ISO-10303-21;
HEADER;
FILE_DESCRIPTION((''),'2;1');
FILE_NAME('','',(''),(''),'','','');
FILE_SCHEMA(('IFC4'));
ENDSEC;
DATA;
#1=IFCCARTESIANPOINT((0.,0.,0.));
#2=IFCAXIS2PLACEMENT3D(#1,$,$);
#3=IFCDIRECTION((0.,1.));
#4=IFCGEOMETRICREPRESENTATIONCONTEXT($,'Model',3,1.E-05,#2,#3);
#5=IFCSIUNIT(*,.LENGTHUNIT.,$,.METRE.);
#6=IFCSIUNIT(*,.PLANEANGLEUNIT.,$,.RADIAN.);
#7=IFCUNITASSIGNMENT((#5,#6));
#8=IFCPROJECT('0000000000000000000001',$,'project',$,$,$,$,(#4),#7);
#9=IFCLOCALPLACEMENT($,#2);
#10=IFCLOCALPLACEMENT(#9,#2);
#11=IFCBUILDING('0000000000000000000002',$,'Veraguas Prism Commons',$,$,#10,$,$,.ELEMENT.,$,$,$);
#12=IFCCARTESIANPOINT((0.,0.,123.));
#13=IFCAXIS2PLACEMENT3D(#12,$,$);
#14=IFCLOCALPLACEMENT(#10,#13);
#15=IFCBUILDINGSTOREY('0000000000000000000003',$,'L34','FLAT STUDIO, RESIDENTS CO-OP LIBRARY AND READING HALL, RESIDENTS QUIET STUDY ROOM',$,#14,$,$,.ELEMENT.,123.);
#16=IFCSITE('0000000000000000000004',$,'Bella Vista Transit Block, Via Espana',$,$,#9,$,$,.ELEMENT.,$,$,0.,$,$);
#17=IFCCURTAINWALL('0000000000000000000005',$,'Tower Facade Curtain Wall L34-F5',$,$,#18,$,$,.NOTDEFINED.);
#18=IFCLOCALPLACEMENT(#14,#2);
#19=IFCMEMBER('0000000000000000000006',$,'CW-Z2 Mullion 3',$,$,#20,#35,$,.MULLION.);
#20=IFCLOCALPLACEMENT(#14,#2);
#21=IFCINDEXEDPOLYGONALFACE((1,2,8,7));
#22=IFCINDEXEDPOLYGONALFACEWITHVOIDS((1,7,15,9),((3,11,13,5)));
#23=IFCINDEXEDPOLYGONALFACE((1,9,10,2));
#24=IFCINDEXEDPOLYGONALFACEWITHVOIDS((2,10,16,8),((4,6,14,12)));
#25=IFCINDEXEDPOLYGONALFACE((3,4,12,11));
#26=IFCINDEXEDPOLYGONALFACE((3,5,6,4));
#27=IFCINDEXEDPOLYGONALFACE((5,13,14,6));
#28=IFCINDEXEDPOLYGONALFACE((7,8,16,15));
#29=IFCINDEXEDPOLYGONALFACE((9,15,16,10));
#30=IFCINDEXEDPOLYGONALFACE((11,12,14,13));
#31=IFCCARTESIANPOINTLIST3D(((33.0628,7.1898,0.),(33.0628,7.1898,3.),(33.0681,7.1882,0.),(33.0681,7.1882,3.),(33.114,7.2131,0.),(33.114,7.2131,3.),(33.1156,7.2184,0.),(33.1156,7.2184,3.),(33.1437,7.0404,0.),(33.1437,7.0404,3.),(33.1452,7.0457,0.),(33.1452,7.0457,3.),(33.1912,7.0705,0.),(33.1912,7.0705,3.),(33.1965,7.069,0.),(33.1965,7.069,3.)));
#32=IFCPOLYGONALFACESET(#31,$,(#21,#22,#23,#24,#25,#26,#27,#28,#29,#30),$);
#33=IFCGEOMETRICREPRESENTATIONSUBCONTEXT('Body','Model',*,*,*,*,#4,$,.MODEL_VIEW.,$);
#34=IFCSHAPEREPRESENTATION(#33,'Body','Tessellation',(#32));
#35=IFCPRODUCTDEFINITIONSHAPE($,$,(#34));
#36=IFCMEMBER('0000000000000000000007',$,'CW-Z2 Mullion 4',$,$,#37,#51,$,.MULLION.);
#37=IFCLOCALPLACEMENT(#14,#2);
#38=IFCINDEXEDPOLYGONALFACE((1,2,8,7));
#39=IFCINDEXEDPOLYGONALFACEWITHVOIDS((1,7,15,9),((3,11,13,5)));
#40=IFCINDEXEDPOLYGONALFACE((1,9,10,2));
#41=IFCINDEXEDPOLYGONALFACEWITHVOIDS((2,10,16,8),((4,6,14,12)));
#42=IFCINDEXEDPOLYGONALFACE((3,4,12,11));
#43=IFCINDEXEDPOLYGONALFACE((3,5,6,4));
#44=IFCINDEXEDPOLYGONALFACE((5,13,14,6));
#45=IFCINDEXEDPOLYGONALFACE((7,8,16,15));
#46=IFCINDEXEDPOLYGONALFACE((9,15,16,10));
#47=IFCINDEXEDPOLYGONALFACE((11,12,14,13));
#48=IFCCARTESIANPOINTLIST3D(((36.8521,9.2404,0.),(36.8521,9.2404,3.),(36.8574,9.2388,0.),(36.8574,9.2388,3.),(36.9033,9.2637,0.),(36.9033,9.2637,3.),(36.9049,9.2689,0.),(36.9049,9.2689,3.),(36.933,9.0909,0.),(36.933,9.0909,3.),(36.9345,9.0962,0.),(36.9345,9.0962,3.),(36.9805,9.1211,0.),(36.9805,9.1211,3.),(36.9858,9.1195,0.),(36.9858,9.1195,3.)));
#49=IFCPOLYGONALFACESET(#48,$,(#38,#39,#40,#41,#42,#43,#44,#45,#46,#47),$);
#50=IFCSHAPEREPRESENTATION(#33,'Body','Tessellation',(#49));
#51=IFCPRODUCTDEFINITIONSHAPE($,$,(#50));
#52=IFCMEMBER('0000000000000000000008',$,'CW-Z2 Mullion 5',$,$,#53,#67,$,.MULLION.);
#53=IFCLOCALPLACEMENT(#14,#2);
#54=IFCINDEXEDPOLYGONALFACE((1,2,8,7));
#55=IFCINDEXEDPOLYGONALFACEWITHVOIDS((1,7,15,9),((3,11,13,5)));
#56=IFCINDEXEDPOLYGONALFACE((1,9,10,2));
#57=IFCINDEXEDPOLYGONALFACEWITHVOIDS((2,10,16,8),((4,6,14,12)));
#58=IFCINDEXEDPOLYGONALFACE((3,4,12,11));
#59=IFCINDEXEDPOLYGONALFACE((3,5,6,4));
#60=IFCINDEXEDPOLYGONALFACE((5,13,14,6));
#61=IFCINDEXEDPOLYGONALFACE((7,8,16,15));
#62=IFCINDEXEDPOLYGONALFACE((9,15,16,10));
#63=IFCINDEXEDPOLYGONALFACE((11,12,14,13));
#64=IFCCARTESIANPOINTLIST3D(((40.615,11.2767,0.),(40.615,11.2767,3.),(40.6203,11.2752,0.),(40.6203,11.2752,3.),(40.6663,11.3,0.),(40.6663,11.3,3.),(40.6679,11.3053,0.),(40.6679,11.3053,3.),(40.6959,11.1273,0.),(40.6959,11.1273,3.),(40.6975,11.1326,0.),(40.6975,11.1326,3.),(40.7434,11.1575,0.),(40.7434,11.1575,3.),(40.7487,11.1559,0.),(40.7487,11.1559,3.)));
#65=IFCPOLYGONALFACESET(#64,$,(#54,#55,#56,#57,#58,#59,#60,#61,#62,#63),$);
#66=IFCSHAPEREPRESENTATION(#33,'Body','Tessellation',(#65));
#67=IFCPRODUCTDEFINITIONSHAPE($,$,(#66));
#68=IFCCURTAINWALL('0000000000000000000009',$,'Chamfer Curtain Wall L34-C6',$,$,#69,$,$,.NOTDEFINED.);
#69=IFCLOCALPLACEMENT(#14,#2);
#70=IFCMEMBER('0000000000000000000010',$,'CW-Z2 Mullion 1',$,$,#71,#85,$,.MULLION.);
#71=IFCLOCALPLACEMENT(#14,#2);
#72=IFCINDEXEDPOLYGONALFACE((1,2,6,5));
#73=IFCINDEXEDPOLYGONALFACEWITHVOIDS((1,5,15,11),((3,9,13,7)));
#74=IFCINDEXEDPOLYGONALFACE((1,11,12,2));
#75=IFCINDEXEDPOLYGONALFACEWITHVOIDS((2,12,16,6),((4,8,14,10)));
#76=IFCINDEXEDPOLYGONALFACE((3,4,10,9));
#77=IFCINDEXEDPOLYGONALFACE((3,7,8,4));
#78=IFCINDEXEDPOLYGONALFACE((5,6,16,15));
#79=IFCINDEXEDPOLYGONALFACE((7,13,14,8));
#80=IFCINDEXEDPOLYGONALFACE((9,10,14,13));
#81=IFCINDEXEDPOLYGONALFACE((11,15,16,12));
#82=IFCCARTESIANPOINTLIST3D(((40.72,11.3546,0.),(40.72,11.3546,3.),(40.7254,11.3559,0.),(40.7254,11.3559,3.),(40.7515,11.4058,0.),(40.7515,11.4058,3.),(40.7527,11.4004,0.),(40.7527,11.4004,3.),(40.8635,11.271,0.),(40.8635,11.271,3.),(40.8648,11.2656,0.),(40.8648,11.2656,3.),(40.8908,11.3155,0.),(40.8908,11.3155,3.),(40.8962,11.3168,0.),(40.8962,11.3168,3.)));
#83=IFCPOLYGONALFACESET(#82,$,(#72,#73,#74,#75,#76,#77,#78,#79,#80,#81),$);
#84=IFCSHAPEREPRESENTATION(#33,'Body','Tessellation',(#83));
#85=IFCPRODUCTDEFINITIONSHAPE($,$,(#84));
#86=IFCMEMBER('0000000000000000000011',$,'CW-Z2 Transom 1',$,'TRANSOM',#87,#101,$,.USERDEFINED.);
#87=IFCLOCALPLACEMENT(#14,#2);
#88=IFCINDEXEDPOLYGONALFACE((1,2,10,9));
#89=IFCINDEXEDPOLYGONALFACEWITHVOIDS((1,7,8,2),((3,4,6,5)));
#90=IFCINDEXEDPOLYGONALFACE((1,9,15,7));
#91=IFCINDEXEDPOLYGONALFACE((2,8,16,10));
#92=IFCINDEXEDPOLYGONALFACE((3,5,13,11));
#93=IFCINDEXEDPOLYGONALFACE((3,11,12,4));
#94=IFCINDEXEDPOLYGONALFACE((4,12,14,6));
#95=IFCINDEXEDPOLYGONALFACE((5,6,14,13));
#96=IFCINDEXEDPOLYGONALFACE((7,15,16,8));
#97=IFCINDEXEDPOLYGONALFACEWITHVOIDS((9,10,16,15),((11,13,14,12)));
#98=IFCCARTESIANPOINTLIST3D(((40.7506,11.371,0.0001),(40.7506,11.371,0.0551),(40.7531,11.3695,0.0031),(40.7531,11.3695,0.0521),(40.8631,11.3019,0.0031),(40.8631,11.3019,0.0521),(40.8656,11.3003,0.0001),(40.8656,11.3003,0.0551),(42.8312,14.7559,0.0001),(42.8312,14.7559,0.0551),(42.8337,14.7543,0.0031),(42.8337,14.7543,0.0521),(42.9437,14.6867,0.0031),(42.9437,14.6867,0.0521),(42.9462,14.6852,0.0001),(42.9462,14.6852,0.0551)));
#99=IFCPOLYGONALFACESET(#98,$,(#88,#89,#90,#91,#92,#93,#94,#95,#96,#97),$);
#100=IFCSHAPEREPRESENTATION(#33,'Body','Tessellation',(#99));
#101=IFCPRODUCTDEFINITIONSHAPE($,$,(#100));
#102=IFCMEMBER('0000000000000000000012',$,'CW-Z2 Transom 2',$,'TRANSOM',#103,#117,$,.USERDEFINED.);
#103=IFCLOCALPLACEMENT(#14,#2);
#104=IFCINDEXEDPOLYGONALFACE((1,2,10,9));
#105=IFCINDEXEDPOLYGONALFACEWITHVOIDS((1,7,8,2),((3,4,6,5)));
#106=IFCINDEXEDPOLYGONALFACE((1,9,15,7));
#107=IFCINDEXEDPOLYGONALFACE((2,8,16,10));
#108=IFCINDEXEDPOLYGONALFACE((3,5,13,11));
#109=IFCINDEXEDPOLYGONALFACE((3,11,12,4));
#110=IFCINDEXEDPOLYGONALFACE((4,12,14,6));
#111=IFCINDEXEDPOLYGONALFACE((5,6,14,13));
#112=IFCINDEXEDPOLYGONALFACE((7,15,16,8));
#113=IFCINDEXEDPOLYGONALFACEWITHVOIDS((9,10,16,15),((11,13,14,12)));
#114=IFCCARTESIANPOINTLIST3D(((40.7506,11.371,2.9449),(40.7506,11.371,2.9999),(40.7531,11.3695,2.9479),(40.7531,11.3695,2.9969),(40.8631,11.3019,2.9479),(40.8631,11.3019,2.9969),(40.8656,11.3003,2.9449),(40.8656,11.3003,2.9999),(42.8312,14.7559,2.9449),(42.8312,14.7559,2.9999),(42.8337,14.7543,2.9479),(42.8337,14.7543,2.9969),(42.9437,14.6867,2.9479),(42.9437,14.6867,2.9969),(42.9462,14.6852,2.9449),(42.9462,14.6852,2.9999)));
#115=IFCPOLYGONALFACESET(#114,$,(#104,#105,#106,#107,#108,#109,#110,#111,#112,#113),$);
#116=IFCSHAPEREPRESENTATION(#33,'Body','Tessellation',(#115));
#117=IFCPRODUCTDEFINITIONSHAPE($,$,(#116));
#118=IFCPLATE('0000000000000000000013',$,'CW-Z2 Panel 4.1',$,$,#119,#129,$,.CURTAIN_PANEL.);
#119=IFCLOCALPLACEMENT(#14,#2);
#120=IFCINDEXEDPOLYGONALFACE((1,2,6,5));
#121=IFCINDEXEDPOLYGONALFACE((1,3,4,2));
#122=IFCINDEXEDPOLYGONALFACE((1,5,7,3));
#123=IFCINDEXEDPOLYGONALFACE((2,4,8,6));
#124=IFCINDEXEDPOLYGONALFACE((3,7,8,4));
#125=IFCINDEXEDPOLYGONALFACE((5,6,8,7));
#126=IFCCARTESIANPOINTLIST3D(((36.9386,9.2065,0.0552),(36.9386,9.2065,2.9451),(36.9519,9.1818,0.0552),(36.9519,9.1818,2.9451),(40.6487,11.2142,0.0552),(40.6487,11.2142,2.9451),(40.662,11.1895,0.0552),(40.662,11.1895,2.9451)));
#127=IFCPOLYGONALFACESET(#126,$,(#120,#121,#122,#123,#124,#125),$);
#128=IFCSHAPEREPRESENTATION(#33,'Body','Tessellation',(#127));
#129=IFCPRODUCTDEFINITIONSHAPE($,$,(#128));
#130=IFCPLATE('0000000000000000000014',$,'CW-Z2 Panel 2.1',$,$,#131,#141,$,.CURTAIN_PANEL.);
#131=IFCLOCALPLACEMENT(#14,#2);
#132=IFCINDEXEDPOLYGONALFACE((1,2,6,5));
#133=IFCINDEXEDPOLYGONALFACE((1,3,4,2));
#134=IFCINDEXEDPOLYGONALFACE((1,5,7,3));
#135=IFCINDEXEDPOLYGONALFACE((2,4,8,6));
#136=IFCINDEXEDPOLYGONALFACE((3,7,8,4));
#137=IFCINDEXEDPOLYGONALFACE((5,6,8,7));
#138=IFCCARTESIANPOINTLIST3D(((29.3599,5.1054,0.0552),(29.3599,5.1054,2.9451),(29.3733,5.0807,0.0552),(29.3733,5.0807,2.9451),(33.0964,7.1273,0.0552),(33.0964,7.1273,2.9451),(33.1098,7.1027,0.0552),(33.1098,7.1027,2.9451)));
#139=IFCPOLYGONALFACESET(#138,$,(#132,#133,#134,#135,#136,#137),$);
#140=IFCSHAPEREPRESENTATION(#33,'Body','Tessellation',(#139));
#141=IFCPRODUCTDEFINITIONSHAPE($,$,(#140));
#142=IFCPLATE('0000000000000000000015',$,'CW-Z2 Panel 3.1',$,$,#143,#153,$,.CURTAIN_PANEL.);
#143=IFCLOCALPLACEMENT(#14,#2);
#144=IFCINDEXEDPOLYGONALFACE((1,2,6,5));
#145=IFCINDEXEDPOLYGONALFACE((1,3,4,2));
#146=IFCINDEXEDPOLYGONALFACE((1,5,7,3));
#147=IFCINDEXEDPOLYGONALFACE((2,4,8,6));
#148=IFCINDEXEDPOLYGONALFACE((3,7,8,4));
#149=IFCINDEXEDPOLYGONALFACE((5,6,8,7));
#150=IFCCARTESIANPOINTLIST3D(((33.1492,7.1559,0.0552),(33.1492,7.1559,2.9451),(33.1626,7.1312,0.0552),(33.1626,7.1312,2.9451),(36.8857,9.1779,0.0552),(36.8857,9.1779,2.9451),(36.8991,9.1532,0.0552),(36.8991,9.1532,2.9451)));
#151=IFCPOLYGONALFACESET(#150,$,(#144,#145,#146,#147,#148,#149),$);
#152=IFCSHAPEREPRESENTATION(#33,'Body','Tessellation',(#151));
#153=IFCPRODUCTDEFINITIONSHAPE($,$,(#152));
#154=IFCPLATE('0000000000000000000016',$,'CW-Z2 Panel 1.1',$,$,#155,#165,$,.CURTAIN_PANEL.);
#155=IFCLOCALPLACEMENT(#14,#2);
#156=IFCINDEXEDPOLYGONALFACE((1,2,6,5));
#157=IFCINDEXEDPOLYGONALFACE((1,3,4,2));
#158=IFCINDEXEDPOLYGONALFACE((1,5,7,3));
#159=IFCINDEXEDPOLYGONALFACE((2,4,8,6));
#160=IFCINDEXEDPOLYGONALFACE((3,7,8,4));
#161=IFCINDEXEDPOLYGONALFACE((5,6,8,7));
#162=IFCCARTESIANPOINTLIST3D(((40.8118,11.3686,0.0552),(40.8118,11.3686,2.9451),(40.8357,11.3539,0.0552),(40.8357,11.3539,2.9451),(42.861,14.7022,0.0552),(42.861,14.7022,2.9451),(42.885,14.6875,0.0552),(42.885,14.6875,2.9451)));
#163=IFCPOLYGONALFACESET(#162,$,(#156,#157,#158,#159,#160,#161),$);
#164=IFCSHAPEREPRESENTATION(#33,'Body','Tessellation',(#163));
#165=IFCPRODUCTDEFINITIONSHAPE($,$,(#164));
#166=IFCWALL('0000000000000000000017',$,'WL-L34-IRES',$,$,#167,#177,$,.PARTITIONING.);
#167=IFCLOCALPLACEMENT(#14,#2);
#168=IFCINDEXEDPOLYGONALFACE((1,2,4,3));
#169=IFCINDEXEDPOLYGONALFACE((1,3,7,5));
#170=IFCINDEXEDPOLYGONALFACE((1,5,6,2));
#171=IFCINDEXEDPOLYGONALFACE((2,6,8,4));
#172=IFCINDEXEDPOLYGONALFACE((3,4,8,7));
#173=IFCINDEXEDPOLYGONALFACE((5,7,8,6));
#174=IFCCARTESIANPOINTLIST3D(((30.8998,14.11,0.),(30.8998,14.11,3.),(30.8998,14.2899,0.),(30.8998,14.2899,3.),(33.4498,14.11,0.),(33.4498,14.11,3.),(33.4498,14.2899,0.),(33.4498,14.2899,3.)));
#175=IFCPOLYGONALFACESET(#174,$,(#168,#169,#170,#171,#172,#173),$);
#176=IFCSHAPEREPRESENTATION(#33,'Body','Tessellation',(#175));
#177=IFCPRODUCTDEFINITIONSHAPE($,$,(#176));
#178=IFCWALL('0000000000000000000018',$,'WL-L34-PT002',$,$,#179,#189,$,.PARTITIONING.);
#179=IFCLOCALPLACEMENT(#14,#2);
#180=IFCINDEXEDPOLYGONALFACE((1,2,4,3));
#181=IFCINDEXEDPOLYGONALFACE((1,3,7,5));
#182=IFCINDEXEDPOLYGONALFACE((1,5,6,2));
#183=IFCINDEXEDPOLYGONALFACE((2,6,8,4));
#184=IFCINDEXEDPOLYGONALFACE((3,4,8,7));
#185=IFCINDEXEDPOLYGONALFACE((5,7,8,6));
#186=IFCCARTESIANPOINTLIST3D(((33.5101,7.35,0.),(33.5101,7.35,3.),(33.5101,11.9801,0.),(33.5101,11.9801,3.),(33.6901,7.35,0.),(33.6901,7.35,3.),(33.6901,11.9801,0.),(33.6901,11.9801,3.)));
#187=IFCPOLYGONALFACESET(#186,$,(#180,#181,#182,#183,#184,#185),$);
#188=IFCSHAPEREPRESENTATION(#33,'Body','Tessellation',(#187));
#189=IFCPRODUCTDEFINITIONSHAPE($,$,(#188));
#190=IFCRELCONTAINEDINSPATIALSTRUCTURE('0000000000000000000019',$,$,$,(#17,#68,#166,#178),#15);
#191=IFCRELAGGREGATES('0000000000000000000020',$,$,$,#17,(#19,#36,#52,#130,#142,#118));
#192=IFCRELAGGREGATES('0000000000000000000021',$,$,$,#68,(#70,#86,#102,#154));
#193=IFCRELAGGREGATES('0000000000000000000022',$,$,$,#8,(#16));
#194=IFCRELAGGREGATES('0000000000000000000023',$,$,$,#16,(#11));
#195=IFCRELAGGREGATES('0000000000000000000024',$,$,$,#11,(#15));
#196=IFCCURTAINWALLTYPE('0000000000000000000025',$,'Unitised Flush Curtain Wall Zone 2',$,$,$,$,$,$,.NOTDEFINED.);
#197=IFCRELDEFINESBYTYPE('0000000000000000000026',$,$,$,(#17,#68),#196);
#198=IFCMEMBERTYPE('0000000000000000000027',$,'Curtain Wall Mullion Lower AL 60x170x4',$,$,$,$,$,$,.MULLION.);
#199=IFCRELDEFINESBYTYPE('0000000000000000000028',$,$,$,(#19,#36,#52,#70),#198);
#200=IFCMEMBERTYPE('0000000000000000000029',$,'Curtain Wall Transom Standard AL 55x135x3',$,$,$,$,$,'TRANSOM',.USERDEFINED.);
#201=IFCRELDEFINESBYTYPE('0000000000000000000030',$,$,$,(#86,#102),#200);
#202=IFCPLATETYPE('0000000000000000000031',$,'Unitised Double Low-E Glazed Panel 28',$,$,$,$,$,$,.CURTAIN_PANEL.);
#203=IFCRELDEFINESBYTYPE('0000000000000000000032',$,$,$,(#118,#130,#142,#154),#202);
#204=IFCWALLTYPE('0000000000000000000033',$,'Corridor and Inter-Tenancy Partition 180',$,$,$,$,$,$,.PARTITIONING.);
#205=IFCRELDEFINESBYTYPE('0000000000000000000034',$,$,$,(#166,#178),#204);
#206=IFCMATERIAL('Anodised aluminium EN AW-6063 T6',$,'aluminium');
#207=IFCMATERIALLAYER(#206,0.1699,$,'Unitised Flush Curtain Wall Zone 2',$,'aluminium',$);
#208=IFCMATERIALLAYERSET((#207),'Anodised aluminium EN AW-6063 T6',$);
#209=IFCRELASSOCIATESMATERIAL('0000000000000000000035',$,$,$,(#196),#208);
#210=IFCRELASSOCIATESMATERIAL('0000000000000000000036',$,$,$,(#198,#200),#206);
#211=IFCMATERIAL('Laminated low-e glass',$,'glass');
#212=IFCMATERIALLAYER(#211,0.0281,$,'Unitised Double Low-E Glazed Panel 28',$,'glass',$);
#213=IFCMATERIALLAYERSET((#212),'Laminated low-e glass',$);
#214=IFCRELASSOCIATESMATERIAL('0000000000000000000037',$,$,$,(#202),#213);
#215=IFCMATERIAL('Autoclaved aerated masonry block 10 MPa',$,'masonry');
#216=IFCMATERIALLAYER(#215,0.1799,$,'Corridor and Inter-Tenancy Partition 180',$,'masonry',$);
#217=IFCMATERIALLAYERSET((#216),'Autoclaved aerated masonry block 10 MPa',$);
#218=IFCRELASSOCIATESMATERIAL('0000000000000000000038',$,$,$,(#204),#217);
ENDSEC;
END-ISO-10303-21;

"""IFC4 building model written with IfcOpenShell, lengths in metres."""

from ifc_helpers import new_model, si_unit, direction, frame, frame_2d, origin, origin_2d, place, context, subcontext, project, spatial, rectangle, hollow_rectangle, extrude, source, transform, mapped, material, layer, layer_set, material_profile, profile_set, type_object, element, aggregate, save


model = new_model("IFC4")

# Units and contexts
model_context = context("Model", 3, precision=1e-05, world=origin(), true_north=direction((0.0, 1.0)))
body_context = subcontext(model_context, "Body", "Model", "MODEL_VIEW")
ifc_project = project(units=[si_unit("LENGTHUNIT", "METRE"), si_unit("PLANEANGLEUNIT", "RADIAN")], contexts=[model_context])

# Site, building, storey
site_placement = place(None, origin())
site = spatial("IfcSite", under=ifc_project, at=site_placement, Name="Bella Vista Transit Block, Via Espana", CompositionType="ELEMENT", RefElevation=0.0)
building_placement = place(site_placement, origin())
building = spatial("IfcBuilding", under=site, at=building_placement, Name="Veraguas Prism Commons", CompositionType="ELEMENT")
storey_placement = place(building_placement, frame((0.0, 0.0, 123.0)))
storey = spatial("IfcBuildingStorey", under=building, at=storey_placement, Name="L34", Description="FLAT STUDIO, RESIDENTS CO-OP LIBRARY AND READING HALL, RESIDENTS QUIET STUDY ROOM", CompositionType="ELEMENT", Elevation=123.0)

# Curtain walls, members
ifc_material_1 = material(Name="Anodised aluminium EN AW-6063 T6", Category="aluminium")
ifc_layer_1 = layer(ifc_material_1, 0.1699, Name="Unitised Flush Curtain Wall Zone 2", Category="aluminium")
ifc_layer_set_1 = layer_set([ifc_layer_1], Name="Anodised aluminium EN AW-6063 T6")
curtain_wall_type = type_object("IfcCurtainWallType", Name="Unitised Flush Curtain Wall Zone 2", PredefinedType="NOTDEFINED", material=ifc_layer_set_1)
curtain_wall_1_placement = place(storey_placement, origin())
curtain_wall_1 = element("IfcCurtainWall", 1, at=curtain_wall_1_placement, inside=storey, type_object=curtain_wall_type, Name="Tower Facade Curtain Wall L34-F5", PredefinedType="NOTDEFINED")
ifc_material_profile_1 = material_profile(ifc_material_1, hollow_rectangle(XDim=0.0601, YDim=0.1699, WallThickness=0.0039, at=origin_2d()), Name="AL60X170X4")
ifc_profile_set_1 = profile_set([ifc_material_profile_1], Name="Anodised aluminium EN AW-6063 T6")
member_type_1 = type_object("IfcMemberType", Name="Curtain Wall Mullion Lower AL 60x170x4", PredefinedType="MULLION", material=ifc_profile_set_1)
shared_shape_1 = source(origin(), body_context, "Body", "SweptSolid", [
    extrude(hollow_rectangle(XDim=0.0601, YDim=0.1699, WallThickness=0.0039, at=origin_2d()), origin(), (0.0, 0.0, 1.0), 3.0),
])
member_1_placement = place(storey_placement, frame((33.1296, 7.1294, 0.0), z_axis=(0.0, 0.0, 1.0), x_axis=(0.879484, 0.475928, 0.0)))
member_1 = element("IfcMember", 2, at=member_1_placement, type_object=member_type_1, Name="CW-Z2 Mullion 3", PredefinedType="MULLION", context=body_context, shape_type="MappedRepresentation", body=[
    mapped(shared_shape_1, transform((0.0, 0.0, 0.0), scale=1.0)),
])
member_2_placement = place(storey_placement, frame((36.9189, 9.1799, 0.0), z_axis=(0.0, 0.0, 1.0), x_axis=(0.879484, 0.475928, 0.0)))
member_2 = element("IfcMember", 3, at=member_2_placement, type_object=member_type_1, Name="CW-Z2 Mullion 4", PredefinedType="MULLION", context=body_context, shape_type="MappedRepresentation", body=[
    mapped(shared_shape_1, transform((0.0, 0.0, 0.0), scale=1.0)),
])
member_3_placement = place(storey_placement, frame((40.6819, 11.2163, 0.0), z_axis=(0.0, 0.0, 1.0), x_axis=(0.879484, 0.475928, 0.0)))
member_3 = element("IfcMember", 4, at=member_3_placement, type_object=member_type_1, Name="CW-Z2 Mullion 5", PredefinedType="MULLION", context=body_context, shape_type="MappedRepresentation", body=[
    mapped(shared_shape_1, transform((0.0, 0.0, 0.0), scale=1.0)),
])
curtain_wall_2_placement = place(storey_placement, origin())
curtain_wall_2 = element("IfcCurtainWall", 5, at=curtain_wall_2_placement, inside=storey, type_object=curtain_wall_type, Name="Chamfer Curtain Wall L34-C6", PredefinedType="NOTDEFINED")
member_4_placement = place(storey_placement, frame((40.8081, 11.3357, 0.0), z_axis=(0.0, 0.0, 1.0), x_axis=(0.523684, 0.851913, 0.0)))
member_4 = element("IfcMember", 6, at=member_4_placement, type_object=member_type_1, Name="CW-Z2 Mullion 1", PredefinedType="MULLION", context=body_context, shape_type="MappedRepresentation", body=[
    mapped(shared_shape_1, transform((0.0, 0.0, 0.0), scale=1.0)),
])
ifc_material_profile_2 = material_profile(ifc_material_1, hollow_rectangle(XDim=0.0549, YDim=0.135, WallThickness=0.0029, at=origin_2d()), Name="AL55X135X3")
ifc_profile_set_2 = profile_set([ifc_material_profile_2], Name="Anodised aluminium EN AW-6063 T6")
member_type_2 = type_object("IfcMemberType", Name="Curtain Wall Transom Standard AL 55x135x3", ElementType="TRANSOM", PredefinedType="USERDEFINED", material=ifc_profile_set_2)
shared_shape_2 = source(origin(), body_context, "Body", "SweptSolid", [
    extrude(hollow_rectangle(XDim=0.0549, YDim=0.135, WallThickness=0.0029, at=origin_2d()), origin(), (0.0, 0.0, 1.0), 3.9731),
])
member_5_placement = place(storey_placement, frame((40.8081, 11.3357, 0.0276), z_axis=(0.523665, 0.851924, 0.0), x_axis=(0.0, 0.0, 1.0)))
member_5 = element("IfcMember", 7, at=member_5_placement, type_object=member_type_2, Name="CW-Z2 Transom 1", ObjectType="TRANSOM", PredefinedType="USERDEFINED", context=body_context, shape_type="MappedRepresentation", body=[
    mapped(shared_shape_2, transform((0.0, 0.0, 0.0), scale=1.0)),
])
member_6_placement = place(storey_placement, frame((40.8081, 11.3357, 2.9724), z_axis=(0.523665, 0.851924, 0.0), x_axis=(0.0, 0.0, 1.0)))
member_6 = element("IfcMember", 8, at=member_6_placement, type_object=member_type_2, Name="CW-Z2 Transom 2", ObjectType="TRANSOM", PredefinedType="USERDEFINED", context=body_context, shape_type="MappedRepresentation", body=[
    mapped(shared_shape_2, transform((0.0, 0.0, 0.0), scale=1.0)),
])

# Plates
ifc_material_2 = material(Name="Laminated low-e glass", Category="glass")
ifc_layer_2 = layer(ifc_material_2, 0.0281, Name="Unitised Double Low-E Glazed Panel 28", Category="glass")
ifc_layer_set_2 = layer_set([ifc_layer_2], Name="Laminated low-e glass")
plate_type = type_object("IfcPlateType", Name="Unitised Double Low-E Glazed Panel 28", PredefinedType="CURTAIN_PANEL", material=ifc_layer_set_2)
shared_shape_3 = source(origin(), body_context, "Body", "SweptSolid", [
    extrude(rectangle(XDim=4.2185, YDim=0.0281, at=origin_2d()), origin(), (0.0, 0.0, 1.0), 2.8899),
])
plate_1_placement = place(storey_placement, frame((38.8003, 10.198, 0.0552), z_axis=(0.0, 0.0, 1.0), x_axis=(0.879484, 0.475928, 0.0)))
plate_1 = element("IfcPlate", 9, at=plate_1_placement, type_object=plate_type, Name="CW-Z2 Panel 4.1", PredefinedType="CURTAIN_PANEL", context=body_context, shape_type="MappedRepresentation", body=[
    mapped(shared_shape_3, transform((0.0, 0.0, 0.0), scale=1.0)),
])
shared_shape_4 = source(origin(), body_context, "Body", "SweptSolid", [
    extrude(rectangle(XDim=4.2485, YDim=0.0281, at=origin_2d()), origin(), (0.0, 0.0, 1.0), 2.8899),
])
plate_2_placement = place(storey_placement, frame((31.2349, 6.104, 0.0552), z_axis=(0.0, 0.0, 1.0), x_axis=(0.879484, 0.475928, 0.0)))
plate_2 = element("IfcPlate", 10, at=plate_2_placement, type_object=plate_type, Name="CW-Z2 Panel 2.1", PredefinedType="CURTAIN_PANEL", context=body_context, shape_type="MappedRepresentation", body=[
    mapped(shared_shape_4, transform((0.0, 0.0, 0.0), scale=1.0)),
])
plate_3_placement = place(storey_placement, frame((35.0242, 8.1545, 0.0552), z_axis=(0.0, 0.0, 1.0), x_axis=(0.879484, 0.475928, 0.0)))
plate_3 = element("IfcPlate", 11, at=plate_3_placement, type_object=plate_type, Name="CW-Z2 Panel 3.1", PredefinedType="CURTAIN_PANEL", context=body_context, shape_type="MappedRepresentation", body=[
    mapped(shared_shape_4, transform((0.0, 0.0, 0.0), scale=1.0)),
])
aggregate(curtain_wall_1, [member_1, member_2, member_3, plate_2, plate_3, plate_1])
shared_shape_5 = source(origin(), body_context, "Body", "SweptSolid", [
    extrude(rectangle(XDim=3.9131, YDim=0.0281, at=origin_2d()), origin(), (0.0, 0.0, 1.0), 2.8899),
])
plate_4_placement = place(storey_placement, frame((41.8484, 13.0281, 0.0552), z_axis=(0.0, 0.0, 1.0), x_axis=(0.523684, 0.851913, 0.0)))
plate_4 = element("IfcPlate", 12, at=plate_4_placement, type_object=plate_type, Name="CW-Z2 Panel 1.1", PredefinedType="CURTAIN_PANEL", context=body_context, shape_type="MappedRepresentation", body=[
    mapped(shared_shape_5, transform((0.0, 0.0, 0.0), scale=1.0)),
])
aggregate(curtain_wall_2, [member_4, member_5, member_6, plate_4])

# Walls
ifc_material_3 = material(Name="Autoclaved aerated masonry block 10 MPa", Category="masonry")
ifc_layer_3 = layer(ifc_material_3, 0.1799, Name="Corridor and Inter-Tenancy Partition 180", Category="masonry")
ifc_layer_set_3 = layer_set([ifc_layer_3], Name="Autoclaved aerated masonry block 10 MPa")
wall_type_1 = type_object("IfcWallType", Name="Corridor and Inter-Tenancy Partition 180", PredefinedType="PARTITIONING", material=ifc_layer_set_3)
wall_1_placement = place(storey_placement, frame((30.8999, 14.2, 0.0), z_axis=(0.0, 0.0, 1.0), x_axis=(1.0, 0.0, 0.0)))
element("IfcWall", 13, at=wall_1_placement, inside=storey, type_object=wall_type_1, Name="WL-L34-IRES", PredefinedType="PARTITIONING", context=body_context, shape_type="SweptSolid", body=[
    extrude(rectangle(XDim=2.55, YDim=0.1799, at=frame_2d((1.2749, 0.0))), origin(), (0.0, 0.0, 1.0), 3.0),
])
wall_2_placement = place(storey_placement, frame((33.6001, 11.98, 0.0), z_axis=(0.0, 0.0, 1.0), x_axis=(0.0, -1.0, 0.0)))
element("IfcWall", 14, at=wall_2_placement, inside=storey, type_object=wall_type_1, Name="WL-L34-PT002", PredefinedType="PARTITIONING", context=body_context, shape_type="SweptSolid", body=[
    extrude(rectangle(XDim=4.6301, YDim=0.1799, at=frame_2d((2.3149, 0.0))), origin(), (0.0, 0.0, 1.0), 3.0),
])

save(model, "model.ifc")
